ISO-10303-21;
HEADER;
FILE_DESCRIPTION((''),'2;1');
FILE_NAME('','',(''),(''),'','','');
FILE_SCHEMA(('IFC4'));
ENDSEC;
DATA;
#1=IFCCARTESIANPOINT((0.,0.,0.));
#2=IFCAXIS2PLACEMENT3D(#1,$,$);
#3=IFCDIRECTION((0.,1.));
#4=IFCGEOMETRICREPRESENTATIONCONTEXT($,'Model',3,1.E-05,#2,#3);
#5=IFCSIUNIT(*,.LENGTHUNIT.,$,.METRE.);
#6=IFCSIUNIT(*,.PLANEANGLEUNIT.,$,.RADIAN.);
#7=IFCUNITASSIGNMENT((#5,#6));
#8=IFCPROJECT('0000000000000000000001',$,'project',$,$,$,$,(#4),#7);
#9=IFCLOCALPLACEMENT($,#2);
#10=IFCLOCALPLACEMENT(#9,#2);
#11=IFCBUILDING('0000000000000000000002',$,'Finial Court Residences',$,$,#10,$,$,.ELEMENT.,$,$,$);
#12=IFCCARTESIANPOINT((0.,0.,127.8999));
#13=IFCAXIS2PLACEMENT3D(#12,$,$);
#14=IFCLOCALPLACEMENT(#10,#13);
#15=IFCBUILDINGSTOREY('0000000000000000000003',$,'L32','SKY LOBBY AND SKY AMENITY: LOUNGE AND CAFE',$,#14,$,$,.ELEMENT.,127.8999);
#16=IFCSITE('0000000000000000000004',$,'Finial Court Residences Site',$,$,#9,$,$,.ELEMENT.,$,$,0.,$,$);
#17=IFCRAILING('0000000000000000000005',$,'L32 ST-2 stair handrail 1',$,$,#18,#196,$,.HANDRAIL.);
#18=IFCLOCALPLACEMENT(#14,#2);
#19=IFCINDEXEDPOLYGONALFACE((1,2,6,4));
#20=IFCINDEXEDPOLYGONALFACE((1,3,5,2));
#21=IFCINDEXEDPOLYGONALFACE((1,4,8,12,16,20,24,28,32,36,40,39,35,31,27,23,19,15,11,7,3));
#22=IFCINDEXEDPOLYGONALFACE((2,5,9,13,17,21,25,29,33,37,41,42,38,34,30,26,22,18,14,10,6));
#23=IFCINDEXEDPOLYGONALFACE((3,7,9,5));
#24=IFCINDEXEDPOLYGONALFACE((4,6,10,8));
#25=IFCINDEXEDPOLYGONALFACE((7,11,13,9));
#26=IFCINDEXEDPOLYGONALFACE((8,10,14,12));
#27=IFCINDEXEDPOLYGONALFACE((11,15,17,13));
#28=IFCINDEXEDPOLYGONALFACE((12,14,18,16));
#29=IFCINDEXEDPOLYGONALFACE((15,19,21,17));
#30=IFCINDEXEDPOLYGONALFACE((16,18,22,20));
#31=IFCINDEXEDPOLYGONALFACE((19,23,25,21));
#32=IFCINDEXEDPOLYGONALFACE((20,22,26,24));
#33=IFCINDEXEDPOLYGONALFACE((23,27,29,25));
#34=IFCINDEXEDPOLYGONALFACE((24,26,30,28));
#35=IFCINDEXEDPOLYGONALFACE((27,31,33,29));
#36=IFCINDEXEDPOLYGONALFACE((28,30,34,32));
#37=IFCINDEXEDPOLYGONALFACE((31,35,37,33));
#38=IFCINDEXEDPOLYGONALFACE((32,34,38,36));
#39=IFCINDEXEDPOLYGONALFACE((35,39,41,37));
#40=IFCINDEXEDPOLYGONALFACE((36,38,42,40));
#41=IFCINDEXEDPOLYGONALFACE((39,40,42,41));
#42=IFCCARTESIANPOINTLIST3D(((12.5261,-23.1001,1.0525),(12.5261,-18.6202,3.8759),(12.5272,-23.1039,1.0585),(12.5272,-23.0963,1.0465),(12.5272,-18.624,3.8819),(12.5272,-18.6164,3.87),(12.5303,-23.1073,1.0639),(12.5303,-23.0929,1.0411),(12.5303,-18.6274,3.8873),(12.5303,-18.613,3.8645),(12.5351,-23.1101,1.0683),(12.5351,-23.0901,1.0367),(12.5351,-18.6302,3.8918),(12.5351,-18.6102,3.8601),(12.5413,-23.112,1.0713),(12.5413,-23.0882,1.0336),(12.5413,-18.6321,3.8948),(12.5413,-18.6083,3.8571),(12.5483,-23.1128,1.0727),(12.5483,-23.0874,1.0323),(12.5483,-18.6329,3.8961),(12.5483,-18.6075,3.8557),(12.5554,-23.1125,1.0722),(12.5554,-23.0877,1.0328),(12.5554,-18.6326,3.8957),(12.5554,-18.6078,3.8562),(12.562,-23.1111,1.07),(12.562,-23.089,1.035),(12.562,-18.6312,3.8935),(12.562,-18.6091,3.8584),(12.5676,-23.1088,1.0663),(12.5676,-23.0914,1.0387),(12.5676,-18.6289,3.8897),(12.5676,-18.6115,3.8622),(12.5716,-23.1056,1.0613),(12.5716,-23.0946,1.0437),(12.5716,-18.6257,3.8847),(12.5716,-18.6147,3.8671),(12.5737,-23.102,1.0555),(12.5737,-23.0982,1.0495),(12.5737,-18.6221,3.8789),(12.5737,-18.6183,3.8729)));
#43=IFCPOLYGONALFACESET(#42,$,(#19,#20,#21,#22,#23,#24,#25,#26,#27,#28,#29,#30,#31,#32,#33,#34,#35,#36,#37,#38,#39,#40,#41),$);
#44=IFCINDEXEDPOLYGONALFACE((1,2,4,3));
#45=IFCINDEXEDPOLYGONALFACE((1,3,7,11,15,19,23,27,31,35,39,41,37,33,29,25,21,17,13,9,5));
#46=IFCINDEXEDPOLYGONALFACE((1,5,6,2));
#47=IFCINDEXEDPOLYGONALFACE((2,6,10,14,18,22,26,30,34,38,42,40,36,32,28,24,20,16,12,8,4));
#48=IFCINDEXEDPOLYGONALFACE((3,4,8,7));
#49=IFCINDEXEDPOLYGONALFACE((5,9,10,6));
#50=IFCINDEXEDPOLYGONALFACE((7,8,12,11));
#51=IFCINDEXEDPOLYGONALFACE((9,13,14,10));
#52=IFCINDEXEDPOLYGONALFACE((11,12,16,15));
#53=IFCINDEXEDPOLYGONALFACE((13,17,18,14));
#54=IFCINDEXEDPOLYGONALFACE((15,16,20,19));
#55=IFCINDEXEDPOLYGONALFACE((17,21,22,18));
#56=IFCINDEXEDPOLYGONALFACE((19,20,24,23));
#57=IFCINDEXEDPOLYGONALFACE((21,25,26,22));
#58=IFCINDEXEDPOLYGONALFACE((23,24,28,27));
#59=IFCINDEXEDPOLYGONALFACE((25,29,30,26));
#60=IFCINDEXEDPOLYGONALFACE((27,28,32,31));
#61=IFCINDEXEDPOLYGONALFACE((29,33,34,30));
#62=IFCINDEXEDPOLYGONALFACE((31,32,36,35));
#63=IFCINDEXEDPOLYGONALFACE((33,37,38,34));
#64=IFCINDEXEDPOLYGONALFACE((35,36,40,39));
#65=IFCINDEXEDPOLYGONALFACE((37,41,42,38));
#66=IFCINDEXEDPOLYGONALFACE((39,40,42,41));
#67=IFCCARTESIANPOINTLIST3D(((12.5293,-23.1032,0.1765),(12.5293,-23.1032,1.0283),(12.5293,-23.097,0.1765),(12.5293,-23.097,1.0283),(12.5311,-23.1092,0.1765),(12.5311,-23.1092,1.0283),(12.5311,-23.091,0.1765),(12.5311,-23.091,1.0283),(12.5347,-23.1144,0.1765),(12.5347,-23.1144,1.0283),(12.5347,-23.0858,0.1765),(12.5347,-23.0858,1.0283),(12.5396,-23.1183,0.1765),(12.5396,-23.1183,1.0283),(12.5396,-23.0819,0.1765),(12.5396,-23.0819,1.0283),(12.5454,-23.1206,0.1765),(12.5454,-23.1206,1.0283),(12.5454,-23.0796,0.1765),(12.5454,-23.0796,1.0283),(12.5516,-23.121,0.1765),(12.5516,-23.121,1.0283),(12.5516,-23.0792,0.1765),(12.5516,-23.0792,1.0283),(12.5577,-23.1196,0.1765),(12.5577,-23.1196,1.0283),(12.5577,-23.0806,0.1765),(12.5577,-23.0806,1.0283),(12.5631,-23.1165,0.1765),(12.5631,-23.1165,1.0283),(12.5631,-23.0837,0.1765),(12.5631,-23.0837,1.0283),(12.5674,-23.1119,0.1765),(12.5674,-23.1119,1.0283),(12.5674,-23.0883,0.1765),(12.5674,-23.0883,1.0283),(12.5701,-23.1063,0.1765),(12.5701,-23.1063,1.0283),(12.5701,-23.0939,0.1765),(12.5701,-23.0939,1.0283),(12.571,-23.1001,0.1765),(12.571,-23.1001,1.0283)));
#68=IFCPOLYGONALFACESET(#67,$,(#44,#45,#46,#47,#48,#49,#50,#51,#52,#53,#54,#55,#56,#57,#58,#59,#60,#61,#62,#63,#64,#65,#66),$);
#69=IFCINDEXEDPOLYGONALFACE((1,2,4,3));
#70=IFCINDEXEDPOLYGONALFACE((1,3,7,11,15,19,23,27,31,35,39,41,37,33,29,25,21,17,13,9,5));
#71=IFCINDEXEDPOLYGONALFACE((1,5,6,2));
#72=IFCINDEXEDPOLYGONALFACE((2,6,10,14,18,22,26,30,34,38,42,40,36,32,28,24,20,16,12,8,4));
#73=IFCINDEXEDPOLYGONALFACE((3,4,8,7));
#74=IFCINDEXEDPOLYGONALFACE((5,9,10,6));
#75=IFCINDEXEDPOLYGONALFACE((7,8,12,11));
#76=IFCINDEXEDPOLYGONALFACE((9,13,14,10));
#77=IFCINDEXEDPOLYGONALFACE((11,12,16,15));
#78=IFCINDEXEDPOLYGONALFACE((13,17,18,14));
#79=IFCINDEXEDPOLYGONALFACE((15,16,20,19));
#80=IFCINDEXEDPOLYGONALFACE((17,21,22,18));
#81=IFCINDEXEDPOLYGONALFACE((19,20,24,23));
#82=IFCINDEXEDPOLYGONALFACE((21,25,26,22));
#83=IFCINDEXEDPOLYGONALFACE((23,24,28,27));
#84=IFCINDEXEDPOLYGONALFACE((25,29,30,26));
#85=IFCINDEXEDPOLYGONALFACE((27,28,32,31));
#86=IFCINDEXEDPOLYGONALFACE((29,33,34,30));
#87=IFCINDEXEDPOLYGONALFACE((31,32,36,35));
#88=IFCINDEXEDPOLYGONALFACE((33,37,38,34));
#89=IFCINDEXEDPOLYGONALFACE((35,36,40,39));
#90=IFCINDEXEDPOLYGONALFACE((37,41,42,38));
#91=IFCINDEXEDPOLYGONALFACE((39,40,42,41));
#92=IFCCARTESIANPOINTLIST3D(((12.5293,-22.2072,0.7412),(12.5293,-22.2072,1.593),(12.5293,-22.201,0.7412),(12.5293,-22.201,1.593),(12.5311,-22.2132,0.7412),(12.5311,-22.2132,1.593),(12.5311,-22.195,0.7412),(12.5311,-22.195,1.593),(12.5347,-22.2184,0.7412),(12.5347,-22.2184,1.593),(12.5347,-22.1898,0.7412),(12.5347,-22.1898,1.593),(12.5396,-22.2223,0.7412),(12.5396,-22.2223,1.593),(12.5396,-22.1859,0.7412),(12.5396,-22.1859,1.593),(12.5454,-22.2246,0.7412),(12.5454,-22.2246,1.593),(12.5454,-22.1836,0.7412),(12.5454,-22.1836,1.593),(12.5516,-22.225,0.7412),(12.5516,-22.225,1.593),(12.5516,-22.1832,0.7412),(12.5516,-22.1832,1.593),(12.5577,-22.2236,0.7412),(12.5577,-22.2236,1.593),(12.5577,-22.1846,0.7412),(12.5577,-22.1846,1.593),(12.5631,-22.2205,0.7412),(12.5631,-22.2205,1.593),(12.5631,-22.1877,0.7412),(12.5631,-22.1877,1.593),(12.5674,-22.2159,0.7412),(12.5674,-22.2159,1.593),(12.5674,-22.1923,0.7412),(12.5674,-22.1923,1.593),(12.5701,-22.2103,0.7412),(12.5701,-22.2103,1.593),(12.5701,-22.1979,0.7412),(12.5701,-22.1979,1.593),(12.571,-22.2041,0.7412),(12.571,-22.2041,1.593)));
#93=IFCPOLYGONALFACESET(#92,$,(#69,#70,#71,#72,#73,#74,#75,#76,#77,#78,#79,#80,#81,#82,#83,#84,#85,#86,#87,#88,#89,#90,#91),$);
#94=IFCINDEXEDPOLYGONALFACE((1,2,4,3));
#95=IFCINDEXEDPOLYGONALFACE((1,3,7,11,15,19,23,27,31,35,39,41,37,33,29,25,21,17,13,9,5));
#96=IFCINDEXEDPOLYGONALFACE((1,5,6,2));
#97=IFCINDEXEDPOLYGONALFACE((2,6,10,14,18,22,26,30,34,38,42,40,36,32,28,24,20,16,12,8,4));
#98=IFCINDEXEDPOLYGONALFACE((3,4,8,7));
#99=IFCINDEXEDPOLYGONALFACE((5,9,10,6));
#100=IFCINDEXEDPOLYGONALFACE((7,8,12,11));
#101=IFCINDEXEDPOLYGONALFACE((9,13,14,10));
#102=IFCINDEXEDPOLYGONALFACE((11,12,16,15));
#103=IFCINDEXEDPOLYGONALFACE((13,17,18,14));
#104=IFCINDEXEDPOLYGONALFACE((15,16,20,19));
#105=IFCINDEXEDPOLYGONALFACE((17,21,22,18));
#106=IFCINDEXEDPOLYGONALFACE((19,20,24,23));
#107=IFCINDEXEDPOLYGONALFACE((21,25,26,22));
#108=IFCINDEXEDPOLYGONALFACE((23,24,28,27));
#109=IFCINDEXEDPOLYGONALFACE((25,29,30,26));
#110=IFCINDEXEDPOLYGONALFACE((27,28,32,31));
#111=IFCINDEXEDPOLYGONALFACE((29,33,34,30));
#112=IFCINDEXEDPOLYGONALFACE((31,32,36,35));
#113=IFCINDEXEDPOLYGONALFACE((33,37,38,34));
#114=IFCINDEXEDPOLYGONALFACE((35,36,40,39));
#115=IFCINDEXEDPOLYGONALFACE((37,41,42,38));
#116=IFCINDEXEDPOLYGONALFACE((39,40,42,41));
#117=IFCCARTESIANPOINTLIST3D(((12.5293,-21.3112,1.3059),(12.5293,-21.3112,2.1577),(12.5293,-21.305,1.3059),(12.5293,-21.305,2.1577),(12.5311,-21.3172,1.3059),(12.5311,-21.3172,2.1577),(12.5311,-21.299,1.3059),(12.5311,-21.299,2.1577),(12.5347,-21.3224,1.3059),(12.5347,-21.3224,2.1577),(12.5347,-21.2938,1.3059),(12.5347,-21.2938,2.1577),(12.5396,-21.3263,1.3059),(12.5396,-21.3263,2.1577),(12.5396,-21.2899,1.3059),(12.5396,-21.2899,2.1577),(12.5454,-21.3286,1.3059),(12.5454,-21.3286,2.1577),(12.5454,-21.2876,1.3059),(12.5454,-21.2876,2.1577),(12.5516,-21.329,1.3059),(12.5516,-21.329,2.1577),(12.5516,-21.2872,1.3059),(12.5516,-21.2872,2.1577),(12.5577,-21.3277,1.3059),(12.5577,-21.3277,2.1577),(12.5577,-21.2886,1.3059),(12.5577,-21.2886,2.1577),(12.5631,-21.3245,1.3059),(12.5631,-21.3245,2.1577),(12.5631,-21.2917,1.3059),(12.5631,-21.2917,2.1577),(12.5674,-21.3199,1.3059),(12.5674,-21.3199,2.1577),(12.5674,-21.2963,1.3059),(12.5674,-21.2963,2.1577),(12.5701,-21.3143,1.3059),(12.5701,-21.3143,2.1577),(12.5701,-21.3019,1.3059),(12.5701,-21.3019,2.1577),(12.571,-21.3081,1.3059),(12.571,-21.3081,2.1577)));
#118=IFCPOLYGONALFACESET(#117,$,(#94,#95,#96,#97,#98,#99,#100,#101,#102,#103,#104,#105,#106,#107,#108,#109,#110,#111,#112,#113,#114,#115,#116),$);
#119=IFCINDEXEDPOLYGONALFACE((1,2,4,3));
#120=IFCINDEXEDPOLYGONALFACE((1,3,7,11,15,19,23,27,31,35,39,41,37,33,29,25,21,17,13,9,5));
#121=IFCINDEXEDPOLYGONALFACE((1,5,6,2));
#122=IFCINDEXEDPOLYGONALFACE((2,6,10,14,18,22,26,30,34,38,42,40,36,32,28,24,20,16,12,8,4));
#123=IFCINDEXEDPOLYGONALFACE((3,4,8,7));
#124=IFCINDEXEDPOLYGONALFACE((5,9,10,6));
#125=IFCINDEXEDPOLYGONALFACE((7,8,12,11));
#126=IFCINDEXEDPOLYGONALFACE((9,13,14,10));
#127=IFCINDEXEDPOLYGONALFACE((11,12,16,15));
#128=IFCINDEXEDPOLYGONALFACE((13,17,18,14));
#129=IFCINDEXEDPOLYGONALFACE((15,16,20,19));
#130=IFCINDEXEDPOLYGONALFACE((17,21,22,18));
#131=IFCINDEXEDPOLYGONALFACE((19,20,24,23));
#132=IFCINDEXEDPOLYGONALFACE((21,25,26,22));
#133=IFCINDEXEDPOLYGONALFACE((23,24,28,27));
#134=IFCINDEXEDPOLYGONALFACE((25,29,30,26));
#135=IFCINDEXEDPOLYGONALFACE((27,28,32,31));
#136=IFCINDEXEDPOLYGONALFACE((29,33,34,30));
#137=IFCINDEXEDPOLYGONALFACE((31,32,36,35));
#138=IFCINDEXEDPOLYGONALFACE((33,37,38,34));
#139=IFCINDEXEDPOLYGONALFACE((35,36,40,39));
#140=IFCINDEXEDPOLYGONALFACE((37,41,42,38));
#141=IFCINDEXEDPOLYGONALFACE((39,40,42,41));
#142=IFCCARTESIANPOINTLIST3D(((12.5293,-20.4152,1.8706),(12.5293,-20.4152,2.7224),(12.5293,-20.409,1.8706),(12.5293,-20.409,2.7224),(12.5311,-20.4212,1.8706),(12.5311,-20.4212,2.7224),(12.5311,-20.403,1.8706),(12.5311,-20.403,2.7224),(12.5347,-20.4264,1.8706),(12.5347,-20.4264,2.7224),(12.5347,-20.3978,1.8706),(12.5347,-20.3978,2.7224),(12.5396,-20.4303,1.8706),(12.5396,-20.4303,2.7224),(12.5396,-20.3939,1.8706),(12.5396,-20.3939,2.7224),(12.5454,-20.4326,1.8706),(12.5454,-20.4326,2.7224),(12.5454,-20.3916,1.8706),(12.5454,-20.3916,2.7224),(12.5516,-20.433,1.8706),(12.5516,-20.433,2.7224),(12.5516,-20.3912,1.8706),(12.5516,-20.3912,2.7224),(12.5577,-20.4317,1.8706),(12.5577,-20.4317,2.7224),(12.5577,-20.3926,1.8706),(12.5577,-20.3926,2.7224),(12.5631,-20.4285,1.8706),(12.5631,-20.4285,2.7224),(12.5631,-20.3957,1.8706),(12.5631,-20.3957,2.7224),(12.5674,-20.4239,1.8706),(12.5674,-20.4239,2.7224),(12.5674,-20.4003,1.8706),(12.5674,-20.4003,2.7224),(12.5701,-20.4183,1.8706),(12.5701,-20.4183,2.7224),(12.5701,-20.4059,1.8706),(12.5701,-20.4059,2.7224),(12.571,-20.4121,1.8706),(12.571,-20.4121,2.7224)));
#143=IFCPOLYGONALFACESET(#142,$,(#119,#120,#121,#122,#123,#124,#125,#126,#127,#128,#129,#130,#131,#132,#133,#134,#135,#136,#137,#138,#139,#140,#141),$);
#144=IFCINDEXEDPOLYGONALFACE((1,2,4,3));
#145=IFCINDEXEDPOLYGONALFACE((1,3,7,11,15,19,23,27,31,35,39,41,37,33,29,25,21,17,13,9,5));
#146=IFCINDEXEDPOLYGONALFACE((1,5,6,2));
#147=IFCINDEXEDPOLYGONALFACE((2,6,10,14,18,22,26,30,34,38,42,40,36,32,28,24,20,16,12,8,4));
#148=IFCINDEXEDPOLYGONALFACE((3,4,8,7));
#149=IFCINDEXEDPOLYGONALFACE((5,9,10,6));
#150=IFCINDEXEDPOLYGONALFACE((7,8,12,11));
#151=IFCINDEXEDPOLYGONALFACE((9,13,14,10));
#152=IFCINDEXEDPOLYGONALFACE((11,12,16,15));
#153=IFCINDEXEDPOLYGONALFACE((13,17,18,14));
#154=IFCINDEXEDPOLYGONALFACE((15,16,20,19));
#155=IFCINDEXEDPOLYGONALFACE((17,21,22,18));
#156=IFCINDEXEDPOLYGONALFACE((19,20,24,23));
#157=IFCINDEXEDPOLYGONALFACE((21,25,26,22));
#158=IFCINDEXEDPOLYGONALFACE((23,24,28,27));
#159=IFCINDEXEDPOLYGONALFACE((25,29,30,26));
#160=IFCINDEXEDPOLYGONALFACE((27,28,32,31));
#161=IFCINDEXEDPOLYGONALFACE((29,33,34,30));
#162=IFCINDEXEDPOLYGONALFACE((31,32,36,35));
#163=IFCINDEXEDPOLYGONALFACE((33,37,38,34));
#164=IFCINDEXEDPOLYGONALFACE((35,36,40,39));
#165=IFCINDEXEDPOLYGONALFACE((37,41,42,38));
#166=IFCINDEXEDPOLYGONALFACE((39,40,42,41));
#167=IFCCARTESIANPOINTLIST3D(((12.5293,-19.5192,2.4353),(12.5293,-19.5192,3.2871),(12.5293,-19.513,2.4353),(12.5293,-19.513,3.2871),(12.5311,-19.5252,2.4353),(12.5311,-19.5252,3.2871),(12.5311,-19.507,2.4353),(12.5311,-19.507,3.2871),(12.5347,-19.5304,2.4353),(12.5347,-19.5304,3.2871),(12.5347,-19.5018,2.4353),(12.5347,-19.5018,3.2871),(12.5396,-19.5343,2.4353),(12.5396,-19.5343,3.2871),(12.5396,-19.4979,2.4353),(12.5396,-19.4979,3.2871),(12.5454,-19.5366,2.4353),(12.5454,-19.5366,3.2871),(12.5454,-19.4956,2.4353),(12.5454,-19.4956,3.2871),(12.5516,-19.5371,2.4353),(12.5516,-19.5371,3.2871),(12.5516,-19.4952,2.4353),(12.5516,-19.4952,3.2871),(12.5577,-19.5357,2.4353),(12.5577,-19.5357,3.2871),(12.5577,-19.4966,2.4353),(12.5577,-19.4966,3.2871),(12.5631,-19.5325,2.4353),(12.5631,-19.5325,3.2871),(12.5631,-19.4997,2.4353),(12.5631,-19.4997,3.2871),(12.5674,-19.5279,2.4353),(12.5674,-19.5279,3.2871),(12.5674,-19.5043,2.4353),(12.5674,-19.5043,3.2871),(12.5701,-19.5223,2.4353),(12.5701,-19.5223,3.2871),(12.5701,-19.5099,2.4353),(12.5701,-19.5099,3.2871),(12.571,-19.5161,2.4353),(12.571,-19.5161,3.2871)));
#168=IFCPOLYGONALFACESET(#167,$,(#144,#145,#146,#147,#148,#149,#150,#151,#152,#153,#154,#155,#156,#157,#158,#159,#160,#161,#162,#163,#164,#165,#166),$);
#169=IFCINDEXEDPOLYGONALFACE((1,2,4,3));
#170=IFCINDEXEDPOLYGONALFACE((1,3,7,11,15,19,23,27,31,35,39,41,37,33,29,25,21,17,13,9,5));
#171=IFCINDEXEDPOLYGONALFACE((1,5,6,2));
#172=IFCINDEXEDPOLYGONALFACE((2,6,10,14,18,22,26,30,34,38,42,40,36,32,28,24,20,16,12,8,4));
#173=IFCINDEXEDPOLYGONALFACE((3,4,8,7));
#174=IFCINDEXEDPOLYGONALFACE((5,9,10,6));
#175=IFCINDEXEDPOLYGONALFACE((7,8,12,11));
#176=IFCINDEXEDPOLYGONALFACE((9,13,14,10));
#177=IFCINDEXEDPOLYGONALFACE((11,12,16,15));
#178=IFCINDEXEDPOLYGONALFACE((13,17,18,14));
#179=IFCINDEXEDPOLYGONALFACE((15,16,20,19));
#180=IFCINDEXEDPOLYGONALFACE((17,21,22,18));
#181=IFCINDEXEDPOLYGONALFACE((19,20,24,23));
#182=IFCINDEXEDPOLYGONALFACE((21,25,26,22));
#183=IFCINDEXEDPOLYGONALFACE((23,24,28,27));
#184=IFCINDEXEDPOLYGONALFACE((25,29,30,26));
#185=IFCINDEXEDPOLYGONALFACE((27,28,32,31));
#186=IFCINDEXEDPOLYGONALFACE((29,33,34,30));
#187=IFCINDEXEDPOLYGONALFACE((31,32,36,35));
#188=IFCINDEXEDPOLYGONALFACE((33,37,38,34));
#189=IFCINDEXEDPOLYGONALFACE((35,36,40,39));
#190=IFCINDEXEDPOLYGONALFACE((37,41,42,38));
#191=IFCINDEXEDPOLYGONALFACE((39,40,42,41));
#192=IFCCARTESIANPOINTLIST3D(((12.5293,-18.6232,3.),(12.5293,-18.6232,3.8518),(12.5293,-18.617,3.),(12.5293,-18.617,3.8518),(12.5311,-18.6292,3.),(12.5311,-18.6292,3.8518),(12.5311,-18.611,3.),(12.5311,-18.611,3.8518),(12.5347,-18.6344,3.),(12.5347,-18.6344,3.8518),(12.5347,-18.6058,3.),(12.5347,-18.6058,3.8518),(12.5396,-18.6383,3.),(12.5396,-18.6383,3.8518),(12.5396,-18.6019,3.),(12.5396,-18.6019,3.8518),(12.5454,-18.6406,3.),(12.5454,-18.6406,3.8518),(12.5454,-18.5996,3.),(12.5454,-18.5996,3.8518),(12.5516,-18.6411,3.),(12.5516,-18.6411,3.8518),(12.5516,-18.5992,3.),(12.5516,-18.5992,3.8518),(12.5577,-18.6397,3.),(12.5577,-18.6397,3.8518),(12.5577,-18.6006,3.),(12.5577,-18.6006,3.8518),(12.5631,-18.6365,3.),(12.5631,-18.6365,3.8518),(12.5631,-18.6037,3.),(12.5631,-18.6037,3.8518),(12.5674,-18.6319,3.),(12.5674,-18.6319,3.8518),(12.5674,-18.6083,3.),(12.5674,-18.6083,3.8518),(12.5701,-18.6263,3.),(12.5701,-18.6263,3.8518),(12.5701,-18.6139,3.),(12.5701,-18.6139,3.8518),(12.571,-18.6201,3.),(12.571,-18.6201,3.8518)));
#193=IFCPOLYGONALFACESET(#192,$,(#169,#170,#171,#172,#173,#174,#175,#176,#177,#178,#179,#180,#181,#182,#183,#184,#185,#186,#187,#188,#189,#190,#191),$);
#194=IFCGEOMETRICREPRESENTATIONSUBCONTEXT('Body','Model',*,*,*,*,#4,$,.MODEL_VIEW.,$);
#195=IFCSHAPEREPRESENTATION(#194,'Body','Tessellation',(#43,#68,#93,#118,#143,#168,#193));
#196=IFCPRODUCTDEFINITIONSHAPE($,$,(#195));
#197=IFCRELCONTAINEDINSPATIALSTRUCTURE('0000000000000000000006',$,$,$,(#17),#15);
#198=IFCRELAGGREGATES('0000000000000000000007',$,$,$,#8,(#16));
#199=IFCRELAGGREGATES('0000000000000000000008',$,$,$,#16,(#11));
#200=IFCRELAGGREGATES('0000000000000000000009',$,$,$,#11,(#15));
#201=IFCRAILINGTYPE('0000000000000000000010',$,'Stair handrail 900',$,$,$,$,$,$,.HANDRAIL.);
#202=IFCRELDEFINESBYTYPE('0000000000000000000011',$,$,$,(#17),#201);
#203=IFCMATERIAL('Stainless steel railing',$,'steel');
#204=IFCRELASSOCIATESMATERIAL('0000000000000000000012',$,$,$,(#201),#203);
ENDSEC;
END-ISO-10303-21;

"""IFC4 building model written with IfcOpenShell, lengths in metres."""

from ifc_helpers import new_model, si_unit, direction, frame, origin, origin_2d, place, context, subcontext, project, spatial, circle, extrude, material, type_object, element, save


model = new_model("IFC4")

# Units and contexts
model_context = context("Model", 3, precision=1e-05, world=origin(), true_north=direction((0.0, 1.0)))
body_context = subcontext(model_context, "Body", "Model", "MODEL_VIEW")
ifc_project = project(units=[si_unit("LENGTHUNIT", "METRE"), si_unit("PLANEANGLEUNIT", "RADIAN")], contexts=[model_context])

# Site, building, storey
site_placement = place(None, origin())
site = spatial("IfcSite", under=ifc_project, at=site_placement, Name="Finial Court Residences Site", CompositionType="ELEMENT", RefElevation=0.0)
building_placement = place(site_placement, origin())
building = spatial("IfcBuilding", under=site, at=building_placement, Name="Finial Court Residences", CompositionType="ELEMENT")
storey_placement = place(building_placement, frame((0.0, 0.0, 127.8999)))
storey = spatial("IfcBuildingStorey", under=building, at=storey_placement, Name="L32", Description="SKY LOBBY AND SKY AMENITY: LOUNGE AND CAFE", CompositionType="ELEMENT", Elevation=127.8999)

# Railing
ifc_material_1 = material(Name="Stainless steel railing", Category="steel")
railing_type_1 = type_object("IfcRailingType", Name="Stair handrail 900", PredefinedType="HANDRAIL", material=ifc_material_1)
railing_1_placement = place(storey_placement, frame((12.55, -23.1001, 0.1765)))
element("IfcRailing", 1, at=railing_1_placement, inside=storey, type_object=railing_type_1, Name="L32 ST-2 stair handrail 1", PredefinedType="HANDRAIL", context=body_context, shape_type="SweptSolid", body=[
    extrude(circle(Radius=0.0239, at=origin_2d()), frame((0.0, 0.0, 0.876), z_axis=(0.0, 0.845998, 0.533186), x_axis=(-1.0, 0.0, 0.0)), (0.0, 0.0, 1.0), 5.2954),
    extrude(circle(Radius=0.021, at=origin_2d()), origin(), (0.0, 0.0, 1.0), 0.8518),
    extrude(circle(Radius=0.021, at=origin_2d()), frame((0.0, 0.896, 0.5647)), (0.0, 0.0, 1.0), 0.8518),
    extrude(circle(Radius=0.021, at=origin_2d()), frame((0.0, 1.792, 1.1294)), (0.0, 0.0, 1.0), 0.8518),
    extrude(circle(Radius=0.021, at=origin_2d()), frame((0.0, 2.688, 1.6941)), (0.0, 0.0, 1.0), 0.8518),
    extrude(circle(Radius=0.021, at=origin_2d()), frame((0.0, 3.584, 2.2588)), (0.0, 0.0, 1.0), 0.8518),
    extrude(circle(Radius=0.021, at=origin_2d()), frame((0.0, 4.48, 2.8235)), (0.0, 0.0, 1.0), 0.8518),
])

save(model, "model.ifc")
